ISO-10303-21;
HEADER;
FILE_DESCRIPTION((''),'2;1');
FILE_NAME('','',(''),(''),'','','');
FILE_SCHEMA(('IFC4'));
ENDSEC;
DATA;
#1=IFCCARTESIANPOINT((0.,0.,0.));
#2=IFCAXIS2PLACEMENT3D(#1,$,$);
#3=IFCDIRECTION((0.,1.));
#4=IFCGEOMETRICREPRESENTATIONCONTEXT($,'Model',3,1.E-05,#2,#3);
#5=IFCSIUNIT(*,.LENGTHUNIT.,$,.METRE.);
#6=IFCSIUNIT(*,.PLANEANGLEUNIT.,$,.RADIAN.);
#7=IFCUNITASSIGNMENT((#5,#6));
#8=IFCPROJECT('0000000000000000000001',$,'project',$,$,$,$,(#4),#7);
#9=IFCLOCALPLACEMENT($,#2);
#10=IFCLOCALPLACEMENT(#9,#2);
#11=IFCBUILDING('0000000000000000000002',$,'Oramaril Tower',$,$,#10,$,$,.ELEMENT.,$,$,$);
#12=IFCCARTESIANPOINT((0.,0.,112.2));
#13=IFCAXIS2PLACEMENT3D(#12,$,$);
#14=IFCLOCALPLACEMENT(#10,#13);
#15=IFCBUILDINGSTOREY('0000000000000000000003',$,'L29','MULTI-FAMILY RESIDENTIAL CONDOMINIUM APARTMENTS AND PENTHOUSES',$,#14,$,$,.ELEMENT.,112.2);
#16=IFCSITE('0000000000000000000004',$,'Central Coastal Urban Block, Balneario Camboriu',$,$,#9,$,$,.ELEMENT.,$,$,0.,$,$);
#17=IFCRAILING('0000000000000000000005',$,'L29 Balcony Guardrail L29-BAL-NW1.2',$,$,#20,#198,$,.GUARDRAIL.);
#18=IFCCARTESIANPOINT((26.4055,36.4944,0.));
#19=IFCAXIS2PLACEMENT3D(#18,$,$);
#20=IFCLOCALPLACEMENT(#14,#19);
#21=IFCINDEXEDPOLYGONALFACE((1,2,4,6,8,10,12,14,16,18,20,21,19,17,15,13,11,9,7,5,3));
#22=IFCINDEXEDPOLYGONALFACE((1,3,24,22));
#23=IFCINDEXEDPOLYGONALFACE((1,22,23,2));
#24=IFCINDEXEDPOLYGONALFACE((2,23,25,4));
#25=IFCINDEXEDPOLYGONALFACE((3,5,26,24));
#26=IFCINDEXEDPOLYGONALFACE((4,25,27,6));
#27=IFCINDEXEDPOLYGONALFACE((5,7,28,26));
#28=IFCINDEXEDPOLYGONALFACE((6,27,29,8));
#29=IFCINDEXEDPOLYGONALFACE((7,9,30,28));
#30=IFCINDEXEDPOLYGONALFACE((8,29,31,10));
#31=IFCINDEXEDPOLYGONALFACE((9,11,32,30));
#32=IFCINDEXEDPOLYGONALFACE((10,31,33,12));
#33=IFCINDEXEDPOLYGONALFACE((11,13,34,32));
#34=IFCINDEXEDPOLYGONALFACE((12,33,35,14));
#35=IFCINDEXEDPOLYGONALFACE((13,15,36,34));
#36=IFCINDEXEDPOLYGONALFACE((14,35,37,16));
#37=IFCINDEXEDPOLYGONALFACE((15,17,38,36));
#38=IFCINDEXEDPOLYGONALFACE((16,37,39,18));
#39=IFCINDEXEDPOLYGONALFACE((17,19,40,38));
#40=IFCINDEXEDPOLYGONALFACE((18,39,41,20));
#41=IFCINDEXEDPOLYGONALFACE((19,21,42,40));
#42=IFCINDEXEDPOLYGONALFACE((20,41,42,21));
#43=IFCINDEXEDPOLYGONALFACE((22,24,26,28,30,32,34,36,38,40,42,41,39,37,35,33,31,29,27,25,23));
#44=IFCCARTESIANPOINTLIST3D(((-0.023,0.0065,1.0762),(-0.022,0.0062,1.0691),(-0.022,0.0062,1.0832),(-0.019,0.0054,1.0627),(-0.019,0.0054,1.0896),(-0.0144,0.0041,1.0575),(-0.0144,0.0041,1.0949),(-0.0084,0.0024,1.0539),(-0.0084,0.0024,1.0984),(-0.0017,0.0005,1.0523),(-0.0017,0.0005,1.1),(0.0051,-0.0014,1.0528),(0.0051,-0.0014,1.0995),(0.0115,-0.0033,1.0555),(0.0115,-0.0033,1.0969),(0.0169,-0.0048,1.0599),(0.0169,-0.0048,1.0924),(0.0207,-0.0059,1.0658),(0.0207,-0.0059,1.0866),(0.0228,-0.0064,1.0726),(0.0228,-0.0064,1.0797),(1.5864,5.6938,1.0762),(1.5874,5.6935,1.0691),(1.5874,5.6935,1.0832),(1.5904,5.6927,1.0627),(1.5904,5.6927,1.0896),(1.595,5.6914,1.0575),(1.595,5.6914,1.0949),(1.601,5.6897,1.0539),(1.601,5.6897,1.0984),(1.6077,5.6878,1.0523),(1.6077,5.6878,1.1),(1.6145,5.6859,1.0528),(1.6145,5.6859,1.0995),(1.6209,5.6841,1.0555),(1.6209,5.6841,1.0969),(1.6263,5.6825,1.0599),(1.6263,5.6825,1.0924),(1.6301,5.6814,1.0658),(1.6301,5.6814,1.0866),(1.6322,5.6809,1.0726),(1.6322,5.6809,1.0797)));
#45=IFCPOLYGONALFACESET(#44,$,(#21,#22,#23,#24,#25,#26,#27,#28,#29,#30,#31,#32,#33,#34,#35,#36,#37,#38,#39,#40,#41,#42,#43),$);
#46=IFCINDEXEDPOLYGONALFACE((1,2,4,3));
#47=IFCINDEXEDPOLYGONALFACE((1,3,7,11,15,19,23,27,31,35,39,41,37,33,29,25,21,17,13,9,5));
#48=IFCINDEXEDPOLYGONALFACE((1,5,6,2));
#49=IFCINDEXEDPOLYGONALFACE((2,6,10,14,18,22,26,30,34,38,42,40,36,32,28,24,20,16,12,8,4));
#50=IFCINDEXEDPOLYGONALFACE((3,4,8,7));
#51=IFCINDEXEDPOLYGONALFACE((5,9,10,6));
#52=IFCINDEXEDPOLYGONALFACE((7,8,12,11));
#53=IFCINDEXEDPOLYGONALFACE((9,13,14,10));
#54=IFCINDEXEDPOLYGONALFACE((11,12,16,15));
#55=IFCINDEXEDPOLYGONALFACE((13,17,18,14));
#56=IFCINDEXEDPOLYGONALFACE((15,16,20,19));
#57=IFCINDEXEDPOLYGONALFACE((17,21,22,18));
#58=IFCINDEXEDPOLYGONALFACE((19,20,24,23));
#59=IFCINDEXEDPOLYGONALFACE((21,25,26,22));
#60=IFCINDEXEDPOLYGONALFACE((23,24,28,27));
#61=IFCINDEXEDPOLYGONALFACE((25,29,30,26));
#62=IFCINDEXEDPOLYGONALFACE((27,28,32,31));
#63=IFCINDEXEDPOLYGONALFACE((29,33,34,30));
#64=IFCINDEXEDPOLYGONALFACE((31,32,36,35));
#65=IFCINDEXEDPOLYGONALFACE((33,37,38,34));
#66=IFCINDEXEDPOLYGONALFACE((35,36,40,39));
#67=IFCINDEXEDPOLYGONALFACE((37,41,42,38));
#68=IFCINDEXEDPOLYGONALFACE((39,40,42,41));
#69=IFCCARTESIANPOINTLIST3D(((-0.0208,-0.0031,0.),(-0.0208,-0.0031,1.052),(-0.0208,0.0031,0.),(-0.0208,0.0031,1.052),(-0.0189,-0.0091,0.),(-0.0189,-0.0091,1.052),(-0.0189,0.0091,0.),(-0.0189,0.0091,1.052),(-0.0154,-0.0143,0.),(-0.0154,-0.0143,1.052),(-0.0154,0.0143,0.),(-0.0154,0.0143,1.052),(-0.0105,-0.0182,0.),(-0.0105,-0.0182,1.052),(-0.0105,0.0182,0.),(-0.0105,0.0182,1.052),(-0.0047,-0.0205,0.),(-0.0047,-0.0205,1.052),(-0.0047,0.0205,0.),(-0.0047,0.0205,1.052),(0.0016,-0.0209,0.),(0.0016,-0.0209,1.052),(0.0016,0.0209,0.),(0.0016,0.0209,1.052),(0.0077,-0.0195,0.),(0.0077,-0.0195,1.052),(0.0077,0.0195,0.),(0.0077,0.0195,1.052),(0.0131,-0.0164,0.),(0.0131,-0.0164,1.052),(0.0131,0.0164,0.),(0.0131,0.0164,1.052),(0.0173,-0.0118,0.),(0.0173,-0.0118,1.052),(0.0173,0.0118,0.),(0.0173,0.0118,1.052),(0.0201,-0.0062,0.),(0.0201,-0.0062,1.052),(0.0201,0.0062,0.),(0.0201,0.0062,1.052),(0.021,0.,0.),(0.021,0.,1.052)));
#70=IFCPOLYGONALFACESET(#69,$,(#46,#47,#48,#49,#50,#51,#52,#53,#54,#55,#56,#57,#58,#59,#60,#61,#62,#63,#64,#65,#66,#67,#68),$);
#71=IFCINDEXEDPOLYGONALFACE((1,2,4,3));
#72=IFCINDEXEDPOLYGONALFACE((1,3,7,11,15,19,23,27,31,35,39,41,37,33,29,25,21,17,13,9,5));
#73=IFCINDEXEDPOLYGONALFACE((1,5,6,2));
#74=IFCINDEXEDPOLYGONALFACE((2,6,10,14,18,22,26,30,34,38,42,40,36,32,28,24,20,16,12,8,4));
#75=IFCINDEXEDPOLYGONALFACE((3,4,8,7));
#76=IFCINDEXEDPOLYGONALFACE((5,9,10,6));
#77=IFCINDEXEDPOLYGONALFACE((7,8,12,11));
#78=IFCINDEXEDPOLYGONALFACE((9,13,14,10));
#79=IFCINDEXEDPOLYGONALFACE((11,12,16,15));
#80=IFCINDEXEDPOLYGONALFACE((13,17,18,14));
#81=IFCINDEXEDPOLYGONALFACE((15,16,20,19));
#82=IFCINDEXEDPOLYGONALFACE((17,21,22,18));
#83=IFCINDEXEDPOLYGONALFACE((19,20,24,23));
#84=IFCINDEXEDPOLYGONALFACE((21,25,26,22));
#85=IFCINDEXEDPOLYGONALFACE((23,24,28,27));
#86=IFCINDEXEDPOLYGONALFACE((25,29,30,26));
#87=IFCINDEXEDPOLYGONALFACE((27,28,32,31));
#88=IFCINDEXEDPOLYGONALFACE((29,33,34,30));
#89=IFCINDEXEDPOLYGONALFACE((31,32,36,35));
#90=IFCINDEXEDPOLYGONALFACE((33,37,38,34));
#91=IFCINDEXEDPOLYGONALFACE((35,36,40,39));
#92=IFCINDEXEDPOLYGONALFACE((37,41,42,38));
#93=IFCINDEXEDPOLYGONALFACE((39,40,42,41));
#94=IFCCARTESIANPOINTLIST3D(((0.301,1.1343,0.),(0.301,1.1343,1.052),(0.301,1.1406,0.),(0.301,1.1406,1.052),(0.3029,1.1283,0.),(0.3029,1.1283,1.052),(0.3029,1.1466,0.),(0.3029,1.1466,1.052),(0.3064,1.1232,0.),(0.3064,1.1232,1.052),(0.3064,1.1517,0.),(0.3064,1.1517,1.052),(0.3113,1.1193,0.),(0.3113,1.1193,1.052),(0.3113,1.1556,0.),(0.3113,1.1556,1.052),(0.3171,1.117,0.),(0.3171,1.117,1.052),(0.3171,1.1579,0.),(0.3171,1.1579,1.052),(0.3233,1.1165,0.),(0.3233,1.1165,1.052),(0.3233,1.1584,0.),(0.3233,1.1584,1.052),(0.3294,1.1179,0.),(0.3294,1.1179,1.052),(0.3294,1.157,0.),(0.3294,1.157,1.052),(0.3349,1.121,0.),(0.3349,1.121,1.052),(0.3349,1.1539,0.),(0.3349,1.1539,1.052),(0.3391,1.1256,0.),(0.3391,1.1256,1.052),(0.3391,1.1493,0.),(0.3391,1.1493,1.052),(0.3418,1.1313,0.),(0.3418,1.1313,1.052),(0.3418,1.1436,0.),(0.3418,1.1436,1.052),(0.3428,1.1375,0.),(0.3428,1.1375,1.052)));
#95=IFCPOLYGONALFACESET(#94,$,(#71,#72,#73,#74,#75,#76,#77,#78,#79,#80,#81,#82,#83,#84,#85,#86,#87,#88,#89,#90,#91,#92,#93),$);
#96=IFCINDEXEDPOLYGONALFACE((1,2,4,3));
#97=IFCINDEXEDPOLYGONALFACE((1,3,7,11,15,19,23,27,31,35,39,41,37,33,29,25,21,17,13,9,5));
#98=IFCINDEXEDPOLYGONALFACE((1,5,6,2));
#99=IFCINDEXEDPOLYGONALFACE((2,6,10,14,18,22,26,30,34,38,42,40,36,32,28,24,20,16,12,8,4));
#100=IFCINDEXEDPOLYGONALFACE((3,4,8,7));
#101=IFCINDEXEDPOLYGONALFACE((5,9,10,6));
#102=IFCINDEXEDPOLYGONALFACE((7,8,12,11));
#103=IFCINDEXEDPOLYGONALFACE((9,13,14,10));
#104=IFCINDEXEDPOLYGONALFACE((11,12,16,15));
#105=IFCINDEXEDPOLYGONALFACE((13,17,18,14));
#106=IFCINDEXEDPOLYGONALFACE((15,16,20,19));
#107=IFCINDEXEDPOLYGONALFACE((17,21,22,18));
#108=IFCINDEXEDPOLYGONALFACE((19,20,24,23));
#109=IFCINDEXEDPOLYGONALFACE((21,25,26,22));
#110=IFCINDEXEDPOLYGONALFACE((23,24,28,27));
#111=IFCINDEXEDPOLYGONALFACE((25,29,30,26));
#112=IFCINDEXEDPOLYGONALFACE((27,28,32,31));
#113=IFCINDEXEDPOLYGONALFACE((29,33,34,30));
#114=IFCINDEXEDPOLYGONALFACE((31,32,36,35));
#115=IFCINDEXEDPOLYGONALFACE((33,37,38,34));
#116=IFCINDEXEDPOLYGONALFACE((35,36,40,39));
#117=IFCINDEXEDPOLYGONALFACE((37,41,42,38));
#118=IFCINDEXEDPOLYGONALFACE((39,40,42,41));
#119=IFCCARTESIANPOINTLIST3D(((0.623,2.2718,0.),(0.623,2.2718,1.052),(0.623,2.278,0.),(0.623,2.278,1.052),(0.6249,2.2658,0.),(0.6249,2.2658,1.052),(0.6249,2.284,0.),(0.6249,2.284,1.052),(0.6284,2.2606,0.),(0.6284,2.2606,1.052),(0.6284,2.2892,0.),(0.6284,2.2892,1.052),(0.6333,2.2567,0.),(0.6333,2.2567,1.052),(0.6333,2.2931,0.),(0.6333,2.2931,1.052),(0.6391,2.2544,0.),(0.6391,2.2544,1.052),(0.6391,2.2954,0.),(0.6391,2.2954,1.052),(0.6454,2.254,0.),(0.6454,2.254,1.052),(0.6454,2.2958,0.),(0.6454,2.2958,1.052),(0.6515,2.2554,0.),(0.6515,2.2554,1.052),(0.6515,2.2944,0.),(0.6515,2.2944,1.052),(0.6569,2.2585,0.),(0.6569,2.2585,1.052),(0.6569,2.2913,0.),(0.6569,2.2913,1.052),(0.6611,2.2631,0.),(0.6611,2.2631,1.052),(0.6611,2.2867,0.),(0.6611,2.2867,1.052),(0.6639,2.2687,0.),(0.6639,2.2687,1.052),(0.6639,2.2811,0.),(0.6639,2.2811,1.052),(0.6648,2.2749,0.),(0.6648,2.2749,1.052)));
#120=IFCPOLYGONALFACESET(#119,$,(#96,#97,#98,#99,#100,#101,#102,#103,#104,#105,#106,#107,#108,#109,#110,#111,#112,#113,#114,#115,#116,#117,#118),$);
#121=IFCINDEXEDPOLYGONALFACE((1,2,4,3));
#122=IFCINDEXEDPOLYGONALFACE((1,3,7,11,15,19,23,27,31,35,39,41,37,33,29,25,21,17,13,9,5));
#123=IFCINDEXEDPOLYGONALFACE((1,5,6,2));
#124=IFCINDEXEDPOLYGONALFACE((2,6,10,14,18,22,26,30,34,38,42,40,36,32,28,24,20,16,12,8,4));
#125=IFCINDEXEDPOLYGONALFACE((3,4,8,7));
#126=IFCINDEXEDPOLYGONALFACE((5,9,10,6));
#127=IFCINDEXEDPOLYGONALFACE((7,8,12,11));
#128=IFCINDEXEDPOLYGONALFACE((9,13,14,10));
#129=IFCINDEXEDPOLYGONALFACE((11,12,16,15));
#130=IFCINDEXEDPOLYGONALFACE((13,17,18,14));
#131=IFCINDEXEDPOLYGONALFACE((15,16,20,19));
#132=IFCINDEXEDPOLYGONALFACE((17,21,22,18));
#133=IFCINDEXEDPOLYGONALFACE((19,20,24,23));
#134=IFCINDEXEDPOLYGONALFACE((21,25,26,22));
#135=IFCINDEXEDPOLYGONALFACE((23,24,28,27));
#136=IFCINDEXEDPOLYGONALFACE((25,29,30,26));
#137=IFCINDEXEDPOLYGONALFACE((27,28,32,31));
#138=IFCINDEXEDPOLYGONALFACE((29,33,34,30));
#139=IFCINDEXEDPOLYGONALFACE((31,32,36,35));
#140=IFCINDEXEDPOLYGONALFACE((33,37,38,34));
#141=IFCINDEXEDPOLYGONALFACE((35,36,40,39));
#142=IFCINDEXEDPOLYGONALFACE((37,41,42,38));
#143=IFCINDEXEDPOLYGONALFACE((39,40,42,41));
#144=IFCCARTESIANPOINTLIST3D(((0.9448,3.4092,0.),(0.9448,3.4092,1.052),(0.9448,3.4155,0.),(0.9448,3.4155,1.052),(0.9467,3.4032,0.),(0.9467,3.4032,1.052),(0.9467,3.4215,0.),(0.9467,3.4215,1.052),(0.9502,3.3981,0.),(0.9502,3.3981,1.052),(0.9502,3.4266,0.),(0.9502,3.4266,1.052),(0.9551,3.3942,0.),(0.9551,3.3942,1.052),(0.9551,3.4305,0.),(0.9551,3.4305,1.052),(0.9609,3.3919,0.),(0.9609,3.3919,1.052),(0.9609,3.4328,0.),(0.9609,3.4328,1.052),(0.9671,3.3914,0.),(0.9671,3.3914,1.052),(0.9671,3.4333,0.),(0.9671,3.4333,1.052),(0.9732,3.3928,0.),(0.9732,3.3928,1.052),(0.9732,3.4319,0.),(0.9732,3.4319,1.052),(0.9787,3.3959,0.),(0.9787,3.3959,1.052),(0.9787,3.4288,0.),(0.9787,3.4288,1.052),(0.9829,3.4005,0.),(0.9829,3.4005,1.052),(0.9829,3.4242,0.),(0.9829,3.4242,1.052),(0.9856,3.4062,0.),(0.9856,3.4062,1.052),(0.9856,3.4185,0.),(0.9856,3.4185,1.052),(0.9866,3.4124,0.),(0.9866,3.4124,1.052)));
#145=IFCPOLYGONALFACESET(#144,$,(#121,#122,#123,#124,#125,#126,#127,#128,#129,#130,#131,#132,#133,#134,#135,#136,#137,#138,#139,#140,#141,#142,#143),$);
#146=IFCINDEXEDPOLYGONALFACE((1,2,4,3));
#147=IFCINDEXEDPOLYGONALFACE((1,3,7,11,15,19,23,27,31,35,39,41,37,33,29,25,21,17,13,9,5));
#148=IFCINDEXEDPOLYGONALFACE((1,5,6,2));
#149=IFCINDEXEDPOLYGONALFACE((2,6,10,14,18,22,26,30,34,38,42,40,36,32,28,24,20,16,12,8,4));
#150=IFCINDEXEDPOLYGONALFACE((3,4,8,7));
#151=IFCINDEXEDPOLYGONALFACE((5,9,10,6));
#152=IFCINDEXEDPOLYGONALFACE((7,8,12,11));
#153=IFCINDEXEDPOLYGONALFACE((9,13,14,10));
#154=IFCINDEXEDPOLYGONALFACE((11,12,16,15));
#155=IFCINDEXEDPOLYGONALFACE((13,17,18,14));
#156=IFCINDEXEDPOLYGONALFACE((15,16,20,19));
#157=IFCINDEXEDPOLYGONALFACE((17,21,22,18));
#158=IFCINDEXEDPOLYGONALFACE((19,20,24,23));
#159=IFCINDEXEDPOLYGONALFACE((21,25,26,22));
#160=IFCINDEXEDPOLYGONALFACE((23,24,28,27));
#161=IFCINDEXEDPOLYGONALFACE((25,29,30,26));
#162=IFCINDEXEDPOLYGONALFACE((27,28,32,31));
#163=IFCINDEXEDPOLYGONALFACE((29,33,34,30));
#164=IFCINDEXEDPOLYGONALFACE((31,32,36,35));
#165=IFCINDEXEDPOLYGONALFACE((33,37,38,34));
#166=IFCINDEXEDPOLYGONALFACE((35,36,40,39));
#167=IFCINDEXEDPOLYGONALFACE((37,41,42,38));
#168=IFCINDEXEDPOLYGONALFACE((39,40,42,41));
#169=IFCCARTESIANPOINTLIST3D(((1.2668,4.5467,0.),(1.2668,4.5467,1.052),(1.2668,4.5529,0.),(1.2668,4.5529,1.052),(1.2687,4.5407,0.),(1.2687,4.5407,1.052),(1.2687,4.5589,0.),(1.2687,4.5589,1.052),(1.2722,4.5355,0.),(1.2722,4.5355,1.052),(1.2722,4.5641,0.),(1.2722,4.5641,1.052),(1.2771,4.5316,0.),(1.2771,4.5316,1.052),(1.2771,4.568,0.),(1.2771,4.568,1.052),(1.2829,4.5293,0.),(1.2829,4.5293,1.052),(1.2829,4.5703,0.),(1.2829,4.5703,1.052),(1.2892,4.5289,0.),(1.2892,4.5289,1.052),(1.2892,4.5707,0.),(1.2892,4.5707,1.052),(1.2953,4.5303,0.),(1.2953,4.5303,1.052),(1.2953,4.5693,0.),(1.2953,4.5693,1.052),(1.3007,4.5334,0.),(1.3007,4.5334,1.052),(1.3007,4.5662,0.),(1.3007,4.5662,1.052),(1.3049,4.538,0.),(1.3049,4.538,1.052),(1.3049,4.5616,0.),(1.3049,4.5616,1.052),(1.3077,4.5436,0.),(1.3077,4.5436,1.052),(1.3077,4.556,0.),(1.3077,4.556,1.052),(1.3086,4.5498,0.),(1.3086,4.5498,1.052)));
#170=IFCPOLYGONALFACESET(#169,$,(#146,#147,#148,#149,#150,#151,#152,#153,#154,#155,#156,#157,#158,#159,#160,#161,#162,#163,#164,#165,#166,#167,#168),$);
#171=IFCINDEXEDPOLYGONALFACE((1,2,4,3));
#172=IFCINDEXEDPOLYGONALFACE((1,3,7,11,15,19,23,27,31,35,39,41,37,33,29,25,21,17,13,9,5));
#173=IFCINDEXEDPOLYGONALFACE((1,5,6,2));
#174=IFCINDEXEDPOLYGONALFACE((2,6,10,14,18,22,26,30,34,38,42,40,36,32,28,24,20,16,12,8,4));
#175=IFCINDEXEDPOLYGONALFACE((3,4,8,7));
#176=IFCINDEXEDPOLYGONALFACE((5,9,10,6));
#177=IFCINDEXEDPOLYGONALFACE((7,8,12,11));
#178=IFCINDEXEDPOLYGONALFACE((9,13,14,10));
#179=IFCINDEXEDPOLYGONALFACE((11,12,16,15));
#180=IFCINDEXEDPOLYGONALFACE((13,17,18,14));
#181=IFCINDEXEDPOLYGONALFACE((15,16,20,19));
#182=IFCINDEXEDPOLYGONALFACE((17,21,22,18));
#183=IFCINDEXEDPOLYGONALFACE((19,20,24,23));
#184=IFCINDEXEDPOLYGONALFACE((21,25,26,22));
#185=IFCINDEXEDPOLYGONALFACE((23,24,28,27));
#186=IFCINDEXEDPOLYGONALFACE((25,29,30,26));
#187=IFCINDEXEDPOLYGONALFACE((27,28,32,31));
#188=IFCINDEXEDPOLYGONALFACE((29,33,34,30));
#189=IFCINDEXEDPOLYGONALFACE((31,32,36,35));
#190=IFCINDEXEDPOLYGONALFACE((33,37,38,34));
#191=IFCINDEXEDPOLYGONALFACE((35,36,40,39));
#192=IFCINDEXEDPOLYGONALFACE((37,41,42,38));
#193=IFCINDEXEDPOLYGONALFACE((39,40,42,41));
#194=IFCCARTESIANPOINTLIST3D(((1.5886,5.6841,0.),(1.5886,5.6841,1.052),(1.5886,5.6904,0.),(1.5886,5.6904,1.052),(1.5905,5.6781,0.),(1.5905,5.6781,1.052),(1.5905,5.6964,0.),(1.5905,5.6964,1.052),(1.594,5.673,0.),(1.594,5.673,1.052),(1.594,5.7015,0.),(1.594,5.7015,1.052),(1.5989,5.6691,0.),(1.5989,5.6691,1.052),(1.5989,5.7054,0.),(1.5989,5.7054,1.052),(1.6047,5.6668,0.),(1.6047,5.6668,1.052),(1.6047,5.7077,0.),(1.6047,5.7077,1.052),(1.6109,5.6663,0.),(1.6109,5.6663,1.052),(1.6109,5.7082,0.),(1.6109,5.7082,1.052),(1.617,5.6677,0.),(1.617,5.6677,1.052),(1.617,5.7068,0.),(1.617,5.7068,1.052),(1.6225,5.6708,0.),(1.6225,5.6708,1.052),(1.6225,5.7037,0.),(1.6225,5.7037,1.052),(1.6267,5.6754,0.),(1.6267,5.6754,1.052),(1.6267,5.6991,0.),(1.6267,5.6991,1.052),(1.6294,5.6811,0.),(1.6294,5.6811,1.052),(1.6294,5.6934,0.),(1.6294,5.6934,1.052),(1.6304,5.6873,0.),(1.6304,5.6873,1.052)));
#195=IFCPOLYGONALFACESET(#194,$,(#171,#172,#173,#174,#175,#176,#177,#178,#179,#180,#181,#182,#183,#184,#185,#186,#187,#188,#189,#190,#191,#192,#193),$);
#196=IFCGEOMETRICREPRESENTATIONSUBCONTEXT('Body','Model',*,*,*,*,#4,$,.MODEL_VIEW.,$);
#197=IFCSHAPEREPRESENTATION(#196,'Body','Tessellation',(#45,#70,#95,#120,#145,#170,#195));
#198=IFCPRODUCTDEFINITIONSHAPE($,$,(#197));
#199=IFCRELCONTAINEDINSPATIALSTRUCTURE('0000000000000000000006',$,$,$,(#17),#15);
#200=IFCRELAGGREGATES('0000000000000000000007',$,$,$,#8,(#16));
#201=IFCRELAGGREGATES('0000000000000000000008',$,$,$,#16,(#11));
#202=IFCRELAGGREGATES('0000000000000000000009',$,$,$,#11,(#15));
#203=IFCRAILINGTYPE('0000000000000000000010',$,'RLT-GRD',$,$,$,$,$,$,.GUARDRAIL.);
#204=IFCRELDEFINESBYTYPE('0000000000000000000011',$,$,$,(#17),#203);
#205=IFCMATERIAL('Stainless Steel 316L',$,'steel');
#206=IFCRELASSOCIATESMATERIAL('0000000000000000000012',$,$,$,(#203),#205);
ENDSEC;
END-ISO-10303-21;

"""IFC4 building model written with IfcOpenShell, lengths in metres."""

from ifc_helpers import new_model, si_unit, direction, frame, origin, origin_2d, place, context, subcontext, project, spatial, circle, extrude, material, type_object, element, save


model = new_model("IFC4")

# Units and contexts
model_context = context("Model", 3, precision=1e-05, world=origin(), true_north=direction((0.0, 1.0)))
body_context = subcontext(model_context, "Body", "Model", "MODEL_VIEW")
ifc_project = project(units=[si_unit("LENGTHUNIT", "METRE"), si_unit("PLANEANGLEUNIT", "RADIAN")], contexts=[model_context])

# Site, building, storey
site_placement = place(None, origin())
site = spatial("IfcSite", under=ifc_project, at=site_placement, Name="Central Coastal Urban Block, Balneario Camboriu", CompositionType="ELEMENT", RefElevation=0.0)
building_placement = place(site_placement, origin())
building = spatial("IfcBuilding", under=site, at=building_placement, Name="Oramaril Tower", CompositionType="ELEMENT")
storey_placement = place(building_placement, frame((0.0, 0.0, 112.2)))
storey = spatial("IfcBuildingStorey", under=building, at=storey_placement, Name="L29", Description="MULTI-FAMILY RESIDENTIAL CONDOMINIUM APARTMENTS AND PENTHOUSES", CompositionType="ELEMENT", Elevation=112.2)

# Railing
ifc_material_1 = material(Name="Stainless Steel 316L", Category="steel")
railing_type = type_object("IfcRailingType", Name="RLT-GRD", PredefinedType="GUARDRAIL", material=ifc_material_1)
railing_1_placement = place(storey_placement, frame((26.4055, 36.4944, 0.0)))
element("IfcRailing", 1, at=railing_1_placement, inside=storey, type_object=railing_type, Name="L29 Balcony Guardrail L29-BAL-NW1.2", PredefinedType="GUARDRAIL", context=body_context, shape_type="SweptSolid", body=[
    extrude(circle(Radius=0.0239, at=origin_2d()), frame((0.0, 0.0, 1.0762), z_axis=(0.272287, 0.962216, 0.0), x_axis=(-0.962216, 0.272287, 0.0)), (0.0, 0.0, 1.0), 5.9106),
    extrude(circle(Radius=0.021, at=origin_2d()), origin(), (0.0, 0.0, 1.0), 1.052),
    extrude(circle(Radius=0.021, at=origin_2d()), frame((0.3218, 1.1375, 0.0)), (0.0, 0.0, 1.0), 1.052),
    extrude(circle(Radius=0.021, at=origin_2d()), frame((0.6438, 2.2749, 0.0)), (0.0, 0.0, 1.0), 1.052),
    extrude(circle(Radius=0.021, at=origin_2d()), frame((0.9656, 3.4124, 0.0)), (0.0, 0.0, 1.0), 1.052),
    extrude(circle(Radius=0.021, at=origin_2d()), frame((1.2876, 4.5498, 0.0)), (0.0, 0.0, 1.0), 1.052),
    extrude(circle(Radius=0.021, at=origin_2d()), frame((1.6094, 5.6873, 0.0)), (0.0, 0.0, 1.0), 1.052),
])

save(model, "model.ifc")
